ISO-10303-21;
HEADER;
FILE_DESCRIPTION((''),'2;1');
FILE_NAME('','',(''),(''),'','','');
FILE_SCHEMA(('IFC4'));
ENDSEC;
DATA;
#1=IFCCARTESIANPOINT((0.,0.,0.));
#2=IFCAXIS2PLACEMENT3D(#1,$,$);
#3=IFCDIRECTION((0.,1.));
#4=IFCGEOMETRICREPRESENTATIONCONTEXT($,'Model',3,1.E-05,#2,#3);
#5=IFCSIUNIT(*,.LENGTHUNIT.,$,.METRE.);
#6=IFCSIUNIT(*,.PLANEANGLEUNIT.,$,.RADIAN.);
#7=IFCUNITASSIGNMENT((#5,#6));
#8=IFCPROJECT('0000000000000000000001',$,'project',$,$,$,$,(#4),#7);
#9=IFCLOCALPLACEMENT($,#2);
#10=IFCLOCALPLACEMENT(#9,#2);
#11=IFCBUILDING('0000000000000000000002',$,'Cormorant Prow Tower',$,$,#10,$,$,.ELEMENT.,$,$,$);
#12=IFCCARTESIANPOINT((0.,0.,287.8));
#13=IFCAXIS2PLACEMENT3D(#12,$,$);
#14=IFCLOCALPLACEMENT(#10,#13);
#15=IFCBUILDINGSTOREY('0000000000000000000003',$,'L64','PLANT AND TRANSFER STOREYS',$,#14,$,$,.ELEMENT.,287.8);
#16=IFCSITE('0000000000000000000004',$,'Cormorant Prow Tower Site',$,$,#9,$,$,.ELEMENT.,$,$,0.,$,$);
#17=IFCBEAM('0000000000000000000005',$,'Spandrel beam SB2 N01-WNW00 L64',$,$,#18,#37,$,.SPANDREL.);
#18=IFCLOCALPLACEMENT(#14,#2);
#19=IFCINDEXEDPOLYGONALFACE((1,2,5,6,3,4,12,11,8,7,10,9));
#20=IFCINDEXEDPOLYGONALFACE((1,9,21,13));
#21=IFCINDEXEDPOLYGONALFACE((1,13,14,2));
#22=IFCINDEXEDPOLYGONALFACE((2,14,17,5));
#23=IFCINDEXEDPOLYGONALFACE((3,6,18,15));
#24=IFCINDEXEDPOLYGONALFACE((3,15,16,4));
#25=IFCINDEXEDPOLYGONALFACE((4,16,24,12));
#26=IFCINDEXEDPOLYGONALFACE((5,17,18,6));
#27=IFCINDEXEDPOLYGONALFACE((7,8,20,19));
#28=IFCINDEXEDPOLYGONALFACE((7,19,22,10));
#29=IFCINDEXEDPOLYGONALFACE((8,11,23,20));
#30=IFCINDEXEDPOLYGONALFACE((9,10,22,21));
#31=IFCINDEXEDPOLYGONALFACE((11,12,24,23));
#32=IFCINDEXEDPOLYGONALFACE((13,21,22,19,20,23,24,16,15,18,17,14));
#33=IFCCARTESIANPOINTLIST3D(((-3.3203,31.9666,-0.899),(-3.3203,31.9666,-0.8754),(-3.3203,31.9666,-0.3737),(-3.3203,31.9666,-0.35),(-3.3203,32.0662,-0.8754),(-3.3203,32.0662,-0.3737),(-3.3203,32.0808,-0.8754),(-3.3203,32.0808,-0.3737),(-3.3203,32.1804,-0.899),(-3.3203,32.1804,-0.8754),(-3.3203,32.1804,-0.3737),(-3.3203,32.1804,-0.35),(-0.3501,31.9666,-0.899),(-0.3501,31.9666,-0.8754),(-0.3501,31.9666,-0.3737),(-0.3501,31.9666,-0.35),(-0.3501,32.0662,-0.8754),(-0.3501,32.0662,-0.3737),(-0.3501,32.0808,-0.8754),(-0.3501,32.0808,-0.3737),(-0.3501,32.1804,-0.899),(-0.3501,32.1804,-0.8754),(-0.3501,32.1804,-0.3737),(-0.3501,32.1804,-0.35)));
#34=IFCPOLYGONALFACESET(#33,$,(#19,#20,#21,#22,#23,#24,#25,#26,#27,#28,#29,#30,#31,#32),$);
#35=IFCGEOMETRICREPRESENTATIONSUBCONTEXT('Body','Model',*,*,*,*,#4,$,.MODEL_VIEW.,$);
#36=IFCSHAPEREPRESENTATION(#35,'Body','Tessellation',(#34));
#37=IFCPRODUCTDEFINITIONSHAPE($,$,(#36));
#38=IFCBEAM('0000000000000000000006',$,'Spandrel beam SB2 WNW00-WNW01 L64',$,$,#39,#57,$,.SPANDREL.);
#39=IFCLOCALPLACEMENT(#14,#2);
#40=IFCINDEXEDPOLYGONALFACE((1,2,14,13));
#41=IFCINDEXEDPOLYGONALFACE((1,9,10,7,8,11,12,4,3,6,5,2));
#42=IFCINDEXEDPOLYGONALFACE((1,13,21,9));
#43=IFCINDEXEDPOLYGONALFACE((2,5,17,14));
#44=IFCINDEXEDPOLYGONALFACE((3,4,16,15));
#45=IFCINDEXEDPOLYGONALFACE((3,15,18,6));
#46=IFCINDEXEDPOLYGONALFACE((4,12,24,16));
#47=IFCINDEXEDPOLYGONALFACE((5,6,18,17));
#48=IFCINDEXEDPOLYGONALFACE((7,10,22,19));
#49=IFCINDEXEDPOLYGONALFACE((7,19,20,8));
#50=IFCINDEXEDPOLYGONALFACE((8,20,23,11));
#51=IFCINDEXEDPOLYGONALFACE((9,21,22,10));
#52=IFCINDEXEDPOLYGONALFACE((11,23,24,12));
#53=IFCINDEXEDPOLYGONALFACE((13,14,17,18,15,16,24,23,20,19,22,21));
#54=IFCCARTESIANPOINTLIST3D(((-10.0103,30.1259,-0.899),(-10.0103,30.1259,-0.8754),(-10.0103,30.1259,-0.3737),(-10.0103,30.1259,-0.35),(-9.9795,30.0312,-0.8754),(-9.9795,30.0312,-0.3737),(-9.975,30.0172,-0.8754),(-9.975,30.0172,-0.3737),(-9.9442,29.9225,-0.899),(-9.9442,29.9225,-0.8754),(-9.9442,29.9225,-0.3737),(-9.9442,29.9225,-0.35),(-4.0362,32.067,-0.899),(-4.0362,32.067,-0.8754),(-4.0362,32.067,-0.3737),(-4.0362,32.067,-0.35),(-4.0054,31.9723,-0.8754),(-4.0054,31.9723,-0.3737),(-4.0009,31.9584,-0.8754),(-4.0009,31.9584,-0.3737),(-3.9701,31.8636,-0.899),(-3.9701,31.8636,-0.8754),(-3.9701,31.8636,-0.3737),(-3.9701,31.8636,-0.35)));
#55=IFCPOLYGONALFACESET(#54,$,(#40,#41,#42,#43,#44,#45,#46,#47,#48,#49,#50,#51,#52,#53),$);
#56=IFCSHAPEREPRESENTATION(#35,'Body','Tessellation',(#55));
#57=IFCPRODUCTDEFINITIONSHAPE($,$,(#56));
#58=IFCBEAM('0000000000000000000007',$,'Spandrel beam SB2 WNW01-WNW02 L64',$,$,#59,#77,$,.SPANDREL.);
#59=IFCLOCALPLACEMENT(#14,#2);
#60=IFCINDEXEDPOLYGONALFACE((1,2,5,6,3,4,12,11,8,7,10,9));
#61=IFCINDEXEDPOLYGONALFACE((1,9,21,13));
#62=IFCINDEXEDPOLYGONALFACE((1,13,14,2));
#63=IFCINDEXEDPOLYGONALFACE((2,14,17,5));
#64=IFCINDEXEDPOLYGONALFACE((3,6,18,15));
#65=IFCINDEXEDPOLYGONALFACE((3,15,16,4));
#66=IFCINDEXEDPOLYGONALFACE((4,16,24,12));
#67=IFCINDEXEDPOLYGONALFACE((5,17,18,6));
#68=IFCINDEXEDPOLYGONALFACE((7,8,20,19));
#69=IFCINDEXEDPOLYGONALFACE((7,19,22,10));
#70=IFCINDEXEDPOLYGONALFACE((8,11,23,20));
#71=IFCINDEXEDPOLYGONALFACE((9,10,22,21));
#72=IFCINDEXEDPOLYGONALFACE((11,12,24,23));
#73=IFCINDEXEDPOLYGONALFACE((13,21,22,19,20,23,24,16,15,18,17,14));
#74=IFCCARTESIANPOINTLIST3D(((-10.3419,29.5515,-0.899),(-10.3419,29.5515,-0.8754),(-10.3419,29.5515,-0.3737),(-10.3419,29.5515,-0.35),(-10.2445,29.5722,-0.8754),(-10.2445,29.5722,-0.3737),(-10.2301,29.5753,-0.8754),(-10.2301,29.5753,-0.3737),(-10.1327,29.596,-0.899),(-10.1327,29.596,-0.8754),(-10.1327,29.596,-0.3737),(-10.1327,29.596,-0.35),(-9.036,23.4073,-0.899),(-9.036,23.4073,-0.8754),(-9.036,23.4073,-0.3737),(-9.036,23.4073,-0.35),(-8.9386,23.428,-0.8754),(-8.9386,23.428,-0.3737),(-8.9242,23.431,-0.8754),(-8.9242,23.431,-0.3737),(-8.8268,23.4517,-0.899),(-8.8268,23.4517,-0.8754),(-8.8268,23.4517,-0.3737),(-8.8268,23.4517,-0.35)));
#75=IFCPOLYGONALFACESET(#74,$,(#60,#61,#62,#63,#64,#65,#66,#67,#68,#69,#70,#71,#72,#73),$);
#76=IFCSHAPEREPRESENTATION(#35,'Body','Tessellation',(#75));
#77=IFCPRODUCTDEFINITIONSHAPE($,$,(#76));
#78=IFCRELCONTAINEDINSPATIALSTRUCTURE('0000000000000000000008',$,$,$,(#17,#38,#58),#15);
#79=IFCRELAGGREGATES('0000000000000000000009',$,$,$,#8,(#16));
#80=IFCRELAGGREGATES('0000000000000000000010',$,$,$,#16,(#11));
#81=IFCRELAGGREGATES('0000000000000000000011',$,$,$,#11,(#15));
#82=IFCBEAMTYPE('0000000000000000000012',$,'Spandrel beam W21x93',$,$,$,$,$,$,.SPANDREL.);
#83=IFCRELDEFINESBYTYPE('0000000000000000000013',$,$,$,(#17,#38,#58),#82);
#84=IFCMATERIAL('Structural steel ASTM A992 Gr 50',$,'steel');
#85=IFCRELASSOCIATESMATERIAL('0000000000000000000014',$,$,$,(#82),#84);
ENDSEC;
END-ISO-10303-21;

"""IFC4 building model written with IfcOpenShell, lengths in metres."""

from ifc_helpers import new_model, si_unit, direction, frame, origin, origin_2d, place, context, subcontext, project, spatial, i_section, extrude, material, material_profile, profile_set, type_object, element, save


model = new_model("IFC4")

# Units and contexts
model_context = context("Model", 3, precision=1e-05, world=origin(), true_north=direction((0.0, 1.0)))
body_context = subcontext(model_context, "Body", "Model", "MODEL_VIEW")
ifc_project = project(units=[si_unit("LENGTHUNIT", "METRE"), si_unit("PLANEANGLEUNIT", "RADIAN")], contexts=[model_context])

# Site, building, storey
site_placement = place(None, origin())
site = spatial("IfcSite", under=ifc_project, at=site_placement, Name="Cormorant Prow Tower Site", CompositionType="ELEMENT", RefElevation=0.0)
building_placement = place(site_placement, origin())
building = spatial("IfcBuilding", under=site, at=building_placement, Name="Cormorant Prow Tower", CompositionType="ELEMENT")
storey_placement = place(building_placement, frame((0.0, 0.0, 287.8)))
storey = spatial("IfcBuildingStorey", under=building, at=storey_placement, Name="L64", Description="PLANT AND TRANSFER STOREYS", CompositionType="ELEMENT", Elevation=287.8)

# Beams
ifc_material_1 = material(Name="Structural steel ASTM A992 Gr 50", Category="steel")
ifc_material_profile_1 = material_profile(ifc_material_1, i_section(OverallWidth=0.2139, OverallDepth=0.5491, WebThickness=0.0146, FlangeThickness=0.0237, at=origin_2d()), Name="W21x93")
ifc_profile_set_1 = profile_set([ifc_material_profile_1], Name="Structural steel ASTM A992 Gr 50")
beam_type = type_object("IfcBeamType", Name="Spandrel beam W21x93", PredefinedType="SPANDREL", material=ifc_profile_set_1)
beam_placement = place(storey_placement, frame((-0.3501, 32.0735, -0.6245), z_axis=(-1.0, 0.0, 0.0), x_axis=(0.0, -1.0, 0.0)))
element("IfcBeam", 1, at=beam_placement, inside=storey, type_object=beam_type, Name="Spandrel beam SB2 N01-WNW00 L64", PredefinedType="SPANDREL", context=body_context, shape_type="SweptSolid", body=[
    extrude(i_section(OverallWidth=0.2139, OverallDepth=0.5491, WebThickness=0.0146, FlangeThickness=0.0237, at=origin_2d()), origin(), (0.0, 0.0, 1.0), 2.9702),
])
for number, where, z_axis, x_axis, name in (
    (2, (-4.0032, 31.9653, -0.6245), (-0.951054, -0.309025, 0.0), (0.309025, -0.951054, 0.0), "Spandrel beam SB2 WNW00-WNW01 L64"),
    (3, (-10.2373, 29.5737, -0.6245), (0.207896, -0.978151, 0.0), (0.978151, 0.207896, 0.0), "Spandrel beam SB2 WNW01-WNW02 L64"),
):
    element("IfcBeam", number, at=place(storey_placement, frame(where, z_axis=z_axis, x_axis=x_axis)), inside=storey, type_object=beam_type, Name=name, PredefinedType="SPANDREL", context=body_context, shape_type="SweptSolid", body=[
        extrude(i_section(OverallWidth=0.2139, OverallDepth=0.5491, WebThickness=0.0146, FlangeThickness=0.0237, at=origin_2d()), origin(), (0.0, 0.0, 1.0), 6.2815),
    ])

save(model, "model.ifc")
